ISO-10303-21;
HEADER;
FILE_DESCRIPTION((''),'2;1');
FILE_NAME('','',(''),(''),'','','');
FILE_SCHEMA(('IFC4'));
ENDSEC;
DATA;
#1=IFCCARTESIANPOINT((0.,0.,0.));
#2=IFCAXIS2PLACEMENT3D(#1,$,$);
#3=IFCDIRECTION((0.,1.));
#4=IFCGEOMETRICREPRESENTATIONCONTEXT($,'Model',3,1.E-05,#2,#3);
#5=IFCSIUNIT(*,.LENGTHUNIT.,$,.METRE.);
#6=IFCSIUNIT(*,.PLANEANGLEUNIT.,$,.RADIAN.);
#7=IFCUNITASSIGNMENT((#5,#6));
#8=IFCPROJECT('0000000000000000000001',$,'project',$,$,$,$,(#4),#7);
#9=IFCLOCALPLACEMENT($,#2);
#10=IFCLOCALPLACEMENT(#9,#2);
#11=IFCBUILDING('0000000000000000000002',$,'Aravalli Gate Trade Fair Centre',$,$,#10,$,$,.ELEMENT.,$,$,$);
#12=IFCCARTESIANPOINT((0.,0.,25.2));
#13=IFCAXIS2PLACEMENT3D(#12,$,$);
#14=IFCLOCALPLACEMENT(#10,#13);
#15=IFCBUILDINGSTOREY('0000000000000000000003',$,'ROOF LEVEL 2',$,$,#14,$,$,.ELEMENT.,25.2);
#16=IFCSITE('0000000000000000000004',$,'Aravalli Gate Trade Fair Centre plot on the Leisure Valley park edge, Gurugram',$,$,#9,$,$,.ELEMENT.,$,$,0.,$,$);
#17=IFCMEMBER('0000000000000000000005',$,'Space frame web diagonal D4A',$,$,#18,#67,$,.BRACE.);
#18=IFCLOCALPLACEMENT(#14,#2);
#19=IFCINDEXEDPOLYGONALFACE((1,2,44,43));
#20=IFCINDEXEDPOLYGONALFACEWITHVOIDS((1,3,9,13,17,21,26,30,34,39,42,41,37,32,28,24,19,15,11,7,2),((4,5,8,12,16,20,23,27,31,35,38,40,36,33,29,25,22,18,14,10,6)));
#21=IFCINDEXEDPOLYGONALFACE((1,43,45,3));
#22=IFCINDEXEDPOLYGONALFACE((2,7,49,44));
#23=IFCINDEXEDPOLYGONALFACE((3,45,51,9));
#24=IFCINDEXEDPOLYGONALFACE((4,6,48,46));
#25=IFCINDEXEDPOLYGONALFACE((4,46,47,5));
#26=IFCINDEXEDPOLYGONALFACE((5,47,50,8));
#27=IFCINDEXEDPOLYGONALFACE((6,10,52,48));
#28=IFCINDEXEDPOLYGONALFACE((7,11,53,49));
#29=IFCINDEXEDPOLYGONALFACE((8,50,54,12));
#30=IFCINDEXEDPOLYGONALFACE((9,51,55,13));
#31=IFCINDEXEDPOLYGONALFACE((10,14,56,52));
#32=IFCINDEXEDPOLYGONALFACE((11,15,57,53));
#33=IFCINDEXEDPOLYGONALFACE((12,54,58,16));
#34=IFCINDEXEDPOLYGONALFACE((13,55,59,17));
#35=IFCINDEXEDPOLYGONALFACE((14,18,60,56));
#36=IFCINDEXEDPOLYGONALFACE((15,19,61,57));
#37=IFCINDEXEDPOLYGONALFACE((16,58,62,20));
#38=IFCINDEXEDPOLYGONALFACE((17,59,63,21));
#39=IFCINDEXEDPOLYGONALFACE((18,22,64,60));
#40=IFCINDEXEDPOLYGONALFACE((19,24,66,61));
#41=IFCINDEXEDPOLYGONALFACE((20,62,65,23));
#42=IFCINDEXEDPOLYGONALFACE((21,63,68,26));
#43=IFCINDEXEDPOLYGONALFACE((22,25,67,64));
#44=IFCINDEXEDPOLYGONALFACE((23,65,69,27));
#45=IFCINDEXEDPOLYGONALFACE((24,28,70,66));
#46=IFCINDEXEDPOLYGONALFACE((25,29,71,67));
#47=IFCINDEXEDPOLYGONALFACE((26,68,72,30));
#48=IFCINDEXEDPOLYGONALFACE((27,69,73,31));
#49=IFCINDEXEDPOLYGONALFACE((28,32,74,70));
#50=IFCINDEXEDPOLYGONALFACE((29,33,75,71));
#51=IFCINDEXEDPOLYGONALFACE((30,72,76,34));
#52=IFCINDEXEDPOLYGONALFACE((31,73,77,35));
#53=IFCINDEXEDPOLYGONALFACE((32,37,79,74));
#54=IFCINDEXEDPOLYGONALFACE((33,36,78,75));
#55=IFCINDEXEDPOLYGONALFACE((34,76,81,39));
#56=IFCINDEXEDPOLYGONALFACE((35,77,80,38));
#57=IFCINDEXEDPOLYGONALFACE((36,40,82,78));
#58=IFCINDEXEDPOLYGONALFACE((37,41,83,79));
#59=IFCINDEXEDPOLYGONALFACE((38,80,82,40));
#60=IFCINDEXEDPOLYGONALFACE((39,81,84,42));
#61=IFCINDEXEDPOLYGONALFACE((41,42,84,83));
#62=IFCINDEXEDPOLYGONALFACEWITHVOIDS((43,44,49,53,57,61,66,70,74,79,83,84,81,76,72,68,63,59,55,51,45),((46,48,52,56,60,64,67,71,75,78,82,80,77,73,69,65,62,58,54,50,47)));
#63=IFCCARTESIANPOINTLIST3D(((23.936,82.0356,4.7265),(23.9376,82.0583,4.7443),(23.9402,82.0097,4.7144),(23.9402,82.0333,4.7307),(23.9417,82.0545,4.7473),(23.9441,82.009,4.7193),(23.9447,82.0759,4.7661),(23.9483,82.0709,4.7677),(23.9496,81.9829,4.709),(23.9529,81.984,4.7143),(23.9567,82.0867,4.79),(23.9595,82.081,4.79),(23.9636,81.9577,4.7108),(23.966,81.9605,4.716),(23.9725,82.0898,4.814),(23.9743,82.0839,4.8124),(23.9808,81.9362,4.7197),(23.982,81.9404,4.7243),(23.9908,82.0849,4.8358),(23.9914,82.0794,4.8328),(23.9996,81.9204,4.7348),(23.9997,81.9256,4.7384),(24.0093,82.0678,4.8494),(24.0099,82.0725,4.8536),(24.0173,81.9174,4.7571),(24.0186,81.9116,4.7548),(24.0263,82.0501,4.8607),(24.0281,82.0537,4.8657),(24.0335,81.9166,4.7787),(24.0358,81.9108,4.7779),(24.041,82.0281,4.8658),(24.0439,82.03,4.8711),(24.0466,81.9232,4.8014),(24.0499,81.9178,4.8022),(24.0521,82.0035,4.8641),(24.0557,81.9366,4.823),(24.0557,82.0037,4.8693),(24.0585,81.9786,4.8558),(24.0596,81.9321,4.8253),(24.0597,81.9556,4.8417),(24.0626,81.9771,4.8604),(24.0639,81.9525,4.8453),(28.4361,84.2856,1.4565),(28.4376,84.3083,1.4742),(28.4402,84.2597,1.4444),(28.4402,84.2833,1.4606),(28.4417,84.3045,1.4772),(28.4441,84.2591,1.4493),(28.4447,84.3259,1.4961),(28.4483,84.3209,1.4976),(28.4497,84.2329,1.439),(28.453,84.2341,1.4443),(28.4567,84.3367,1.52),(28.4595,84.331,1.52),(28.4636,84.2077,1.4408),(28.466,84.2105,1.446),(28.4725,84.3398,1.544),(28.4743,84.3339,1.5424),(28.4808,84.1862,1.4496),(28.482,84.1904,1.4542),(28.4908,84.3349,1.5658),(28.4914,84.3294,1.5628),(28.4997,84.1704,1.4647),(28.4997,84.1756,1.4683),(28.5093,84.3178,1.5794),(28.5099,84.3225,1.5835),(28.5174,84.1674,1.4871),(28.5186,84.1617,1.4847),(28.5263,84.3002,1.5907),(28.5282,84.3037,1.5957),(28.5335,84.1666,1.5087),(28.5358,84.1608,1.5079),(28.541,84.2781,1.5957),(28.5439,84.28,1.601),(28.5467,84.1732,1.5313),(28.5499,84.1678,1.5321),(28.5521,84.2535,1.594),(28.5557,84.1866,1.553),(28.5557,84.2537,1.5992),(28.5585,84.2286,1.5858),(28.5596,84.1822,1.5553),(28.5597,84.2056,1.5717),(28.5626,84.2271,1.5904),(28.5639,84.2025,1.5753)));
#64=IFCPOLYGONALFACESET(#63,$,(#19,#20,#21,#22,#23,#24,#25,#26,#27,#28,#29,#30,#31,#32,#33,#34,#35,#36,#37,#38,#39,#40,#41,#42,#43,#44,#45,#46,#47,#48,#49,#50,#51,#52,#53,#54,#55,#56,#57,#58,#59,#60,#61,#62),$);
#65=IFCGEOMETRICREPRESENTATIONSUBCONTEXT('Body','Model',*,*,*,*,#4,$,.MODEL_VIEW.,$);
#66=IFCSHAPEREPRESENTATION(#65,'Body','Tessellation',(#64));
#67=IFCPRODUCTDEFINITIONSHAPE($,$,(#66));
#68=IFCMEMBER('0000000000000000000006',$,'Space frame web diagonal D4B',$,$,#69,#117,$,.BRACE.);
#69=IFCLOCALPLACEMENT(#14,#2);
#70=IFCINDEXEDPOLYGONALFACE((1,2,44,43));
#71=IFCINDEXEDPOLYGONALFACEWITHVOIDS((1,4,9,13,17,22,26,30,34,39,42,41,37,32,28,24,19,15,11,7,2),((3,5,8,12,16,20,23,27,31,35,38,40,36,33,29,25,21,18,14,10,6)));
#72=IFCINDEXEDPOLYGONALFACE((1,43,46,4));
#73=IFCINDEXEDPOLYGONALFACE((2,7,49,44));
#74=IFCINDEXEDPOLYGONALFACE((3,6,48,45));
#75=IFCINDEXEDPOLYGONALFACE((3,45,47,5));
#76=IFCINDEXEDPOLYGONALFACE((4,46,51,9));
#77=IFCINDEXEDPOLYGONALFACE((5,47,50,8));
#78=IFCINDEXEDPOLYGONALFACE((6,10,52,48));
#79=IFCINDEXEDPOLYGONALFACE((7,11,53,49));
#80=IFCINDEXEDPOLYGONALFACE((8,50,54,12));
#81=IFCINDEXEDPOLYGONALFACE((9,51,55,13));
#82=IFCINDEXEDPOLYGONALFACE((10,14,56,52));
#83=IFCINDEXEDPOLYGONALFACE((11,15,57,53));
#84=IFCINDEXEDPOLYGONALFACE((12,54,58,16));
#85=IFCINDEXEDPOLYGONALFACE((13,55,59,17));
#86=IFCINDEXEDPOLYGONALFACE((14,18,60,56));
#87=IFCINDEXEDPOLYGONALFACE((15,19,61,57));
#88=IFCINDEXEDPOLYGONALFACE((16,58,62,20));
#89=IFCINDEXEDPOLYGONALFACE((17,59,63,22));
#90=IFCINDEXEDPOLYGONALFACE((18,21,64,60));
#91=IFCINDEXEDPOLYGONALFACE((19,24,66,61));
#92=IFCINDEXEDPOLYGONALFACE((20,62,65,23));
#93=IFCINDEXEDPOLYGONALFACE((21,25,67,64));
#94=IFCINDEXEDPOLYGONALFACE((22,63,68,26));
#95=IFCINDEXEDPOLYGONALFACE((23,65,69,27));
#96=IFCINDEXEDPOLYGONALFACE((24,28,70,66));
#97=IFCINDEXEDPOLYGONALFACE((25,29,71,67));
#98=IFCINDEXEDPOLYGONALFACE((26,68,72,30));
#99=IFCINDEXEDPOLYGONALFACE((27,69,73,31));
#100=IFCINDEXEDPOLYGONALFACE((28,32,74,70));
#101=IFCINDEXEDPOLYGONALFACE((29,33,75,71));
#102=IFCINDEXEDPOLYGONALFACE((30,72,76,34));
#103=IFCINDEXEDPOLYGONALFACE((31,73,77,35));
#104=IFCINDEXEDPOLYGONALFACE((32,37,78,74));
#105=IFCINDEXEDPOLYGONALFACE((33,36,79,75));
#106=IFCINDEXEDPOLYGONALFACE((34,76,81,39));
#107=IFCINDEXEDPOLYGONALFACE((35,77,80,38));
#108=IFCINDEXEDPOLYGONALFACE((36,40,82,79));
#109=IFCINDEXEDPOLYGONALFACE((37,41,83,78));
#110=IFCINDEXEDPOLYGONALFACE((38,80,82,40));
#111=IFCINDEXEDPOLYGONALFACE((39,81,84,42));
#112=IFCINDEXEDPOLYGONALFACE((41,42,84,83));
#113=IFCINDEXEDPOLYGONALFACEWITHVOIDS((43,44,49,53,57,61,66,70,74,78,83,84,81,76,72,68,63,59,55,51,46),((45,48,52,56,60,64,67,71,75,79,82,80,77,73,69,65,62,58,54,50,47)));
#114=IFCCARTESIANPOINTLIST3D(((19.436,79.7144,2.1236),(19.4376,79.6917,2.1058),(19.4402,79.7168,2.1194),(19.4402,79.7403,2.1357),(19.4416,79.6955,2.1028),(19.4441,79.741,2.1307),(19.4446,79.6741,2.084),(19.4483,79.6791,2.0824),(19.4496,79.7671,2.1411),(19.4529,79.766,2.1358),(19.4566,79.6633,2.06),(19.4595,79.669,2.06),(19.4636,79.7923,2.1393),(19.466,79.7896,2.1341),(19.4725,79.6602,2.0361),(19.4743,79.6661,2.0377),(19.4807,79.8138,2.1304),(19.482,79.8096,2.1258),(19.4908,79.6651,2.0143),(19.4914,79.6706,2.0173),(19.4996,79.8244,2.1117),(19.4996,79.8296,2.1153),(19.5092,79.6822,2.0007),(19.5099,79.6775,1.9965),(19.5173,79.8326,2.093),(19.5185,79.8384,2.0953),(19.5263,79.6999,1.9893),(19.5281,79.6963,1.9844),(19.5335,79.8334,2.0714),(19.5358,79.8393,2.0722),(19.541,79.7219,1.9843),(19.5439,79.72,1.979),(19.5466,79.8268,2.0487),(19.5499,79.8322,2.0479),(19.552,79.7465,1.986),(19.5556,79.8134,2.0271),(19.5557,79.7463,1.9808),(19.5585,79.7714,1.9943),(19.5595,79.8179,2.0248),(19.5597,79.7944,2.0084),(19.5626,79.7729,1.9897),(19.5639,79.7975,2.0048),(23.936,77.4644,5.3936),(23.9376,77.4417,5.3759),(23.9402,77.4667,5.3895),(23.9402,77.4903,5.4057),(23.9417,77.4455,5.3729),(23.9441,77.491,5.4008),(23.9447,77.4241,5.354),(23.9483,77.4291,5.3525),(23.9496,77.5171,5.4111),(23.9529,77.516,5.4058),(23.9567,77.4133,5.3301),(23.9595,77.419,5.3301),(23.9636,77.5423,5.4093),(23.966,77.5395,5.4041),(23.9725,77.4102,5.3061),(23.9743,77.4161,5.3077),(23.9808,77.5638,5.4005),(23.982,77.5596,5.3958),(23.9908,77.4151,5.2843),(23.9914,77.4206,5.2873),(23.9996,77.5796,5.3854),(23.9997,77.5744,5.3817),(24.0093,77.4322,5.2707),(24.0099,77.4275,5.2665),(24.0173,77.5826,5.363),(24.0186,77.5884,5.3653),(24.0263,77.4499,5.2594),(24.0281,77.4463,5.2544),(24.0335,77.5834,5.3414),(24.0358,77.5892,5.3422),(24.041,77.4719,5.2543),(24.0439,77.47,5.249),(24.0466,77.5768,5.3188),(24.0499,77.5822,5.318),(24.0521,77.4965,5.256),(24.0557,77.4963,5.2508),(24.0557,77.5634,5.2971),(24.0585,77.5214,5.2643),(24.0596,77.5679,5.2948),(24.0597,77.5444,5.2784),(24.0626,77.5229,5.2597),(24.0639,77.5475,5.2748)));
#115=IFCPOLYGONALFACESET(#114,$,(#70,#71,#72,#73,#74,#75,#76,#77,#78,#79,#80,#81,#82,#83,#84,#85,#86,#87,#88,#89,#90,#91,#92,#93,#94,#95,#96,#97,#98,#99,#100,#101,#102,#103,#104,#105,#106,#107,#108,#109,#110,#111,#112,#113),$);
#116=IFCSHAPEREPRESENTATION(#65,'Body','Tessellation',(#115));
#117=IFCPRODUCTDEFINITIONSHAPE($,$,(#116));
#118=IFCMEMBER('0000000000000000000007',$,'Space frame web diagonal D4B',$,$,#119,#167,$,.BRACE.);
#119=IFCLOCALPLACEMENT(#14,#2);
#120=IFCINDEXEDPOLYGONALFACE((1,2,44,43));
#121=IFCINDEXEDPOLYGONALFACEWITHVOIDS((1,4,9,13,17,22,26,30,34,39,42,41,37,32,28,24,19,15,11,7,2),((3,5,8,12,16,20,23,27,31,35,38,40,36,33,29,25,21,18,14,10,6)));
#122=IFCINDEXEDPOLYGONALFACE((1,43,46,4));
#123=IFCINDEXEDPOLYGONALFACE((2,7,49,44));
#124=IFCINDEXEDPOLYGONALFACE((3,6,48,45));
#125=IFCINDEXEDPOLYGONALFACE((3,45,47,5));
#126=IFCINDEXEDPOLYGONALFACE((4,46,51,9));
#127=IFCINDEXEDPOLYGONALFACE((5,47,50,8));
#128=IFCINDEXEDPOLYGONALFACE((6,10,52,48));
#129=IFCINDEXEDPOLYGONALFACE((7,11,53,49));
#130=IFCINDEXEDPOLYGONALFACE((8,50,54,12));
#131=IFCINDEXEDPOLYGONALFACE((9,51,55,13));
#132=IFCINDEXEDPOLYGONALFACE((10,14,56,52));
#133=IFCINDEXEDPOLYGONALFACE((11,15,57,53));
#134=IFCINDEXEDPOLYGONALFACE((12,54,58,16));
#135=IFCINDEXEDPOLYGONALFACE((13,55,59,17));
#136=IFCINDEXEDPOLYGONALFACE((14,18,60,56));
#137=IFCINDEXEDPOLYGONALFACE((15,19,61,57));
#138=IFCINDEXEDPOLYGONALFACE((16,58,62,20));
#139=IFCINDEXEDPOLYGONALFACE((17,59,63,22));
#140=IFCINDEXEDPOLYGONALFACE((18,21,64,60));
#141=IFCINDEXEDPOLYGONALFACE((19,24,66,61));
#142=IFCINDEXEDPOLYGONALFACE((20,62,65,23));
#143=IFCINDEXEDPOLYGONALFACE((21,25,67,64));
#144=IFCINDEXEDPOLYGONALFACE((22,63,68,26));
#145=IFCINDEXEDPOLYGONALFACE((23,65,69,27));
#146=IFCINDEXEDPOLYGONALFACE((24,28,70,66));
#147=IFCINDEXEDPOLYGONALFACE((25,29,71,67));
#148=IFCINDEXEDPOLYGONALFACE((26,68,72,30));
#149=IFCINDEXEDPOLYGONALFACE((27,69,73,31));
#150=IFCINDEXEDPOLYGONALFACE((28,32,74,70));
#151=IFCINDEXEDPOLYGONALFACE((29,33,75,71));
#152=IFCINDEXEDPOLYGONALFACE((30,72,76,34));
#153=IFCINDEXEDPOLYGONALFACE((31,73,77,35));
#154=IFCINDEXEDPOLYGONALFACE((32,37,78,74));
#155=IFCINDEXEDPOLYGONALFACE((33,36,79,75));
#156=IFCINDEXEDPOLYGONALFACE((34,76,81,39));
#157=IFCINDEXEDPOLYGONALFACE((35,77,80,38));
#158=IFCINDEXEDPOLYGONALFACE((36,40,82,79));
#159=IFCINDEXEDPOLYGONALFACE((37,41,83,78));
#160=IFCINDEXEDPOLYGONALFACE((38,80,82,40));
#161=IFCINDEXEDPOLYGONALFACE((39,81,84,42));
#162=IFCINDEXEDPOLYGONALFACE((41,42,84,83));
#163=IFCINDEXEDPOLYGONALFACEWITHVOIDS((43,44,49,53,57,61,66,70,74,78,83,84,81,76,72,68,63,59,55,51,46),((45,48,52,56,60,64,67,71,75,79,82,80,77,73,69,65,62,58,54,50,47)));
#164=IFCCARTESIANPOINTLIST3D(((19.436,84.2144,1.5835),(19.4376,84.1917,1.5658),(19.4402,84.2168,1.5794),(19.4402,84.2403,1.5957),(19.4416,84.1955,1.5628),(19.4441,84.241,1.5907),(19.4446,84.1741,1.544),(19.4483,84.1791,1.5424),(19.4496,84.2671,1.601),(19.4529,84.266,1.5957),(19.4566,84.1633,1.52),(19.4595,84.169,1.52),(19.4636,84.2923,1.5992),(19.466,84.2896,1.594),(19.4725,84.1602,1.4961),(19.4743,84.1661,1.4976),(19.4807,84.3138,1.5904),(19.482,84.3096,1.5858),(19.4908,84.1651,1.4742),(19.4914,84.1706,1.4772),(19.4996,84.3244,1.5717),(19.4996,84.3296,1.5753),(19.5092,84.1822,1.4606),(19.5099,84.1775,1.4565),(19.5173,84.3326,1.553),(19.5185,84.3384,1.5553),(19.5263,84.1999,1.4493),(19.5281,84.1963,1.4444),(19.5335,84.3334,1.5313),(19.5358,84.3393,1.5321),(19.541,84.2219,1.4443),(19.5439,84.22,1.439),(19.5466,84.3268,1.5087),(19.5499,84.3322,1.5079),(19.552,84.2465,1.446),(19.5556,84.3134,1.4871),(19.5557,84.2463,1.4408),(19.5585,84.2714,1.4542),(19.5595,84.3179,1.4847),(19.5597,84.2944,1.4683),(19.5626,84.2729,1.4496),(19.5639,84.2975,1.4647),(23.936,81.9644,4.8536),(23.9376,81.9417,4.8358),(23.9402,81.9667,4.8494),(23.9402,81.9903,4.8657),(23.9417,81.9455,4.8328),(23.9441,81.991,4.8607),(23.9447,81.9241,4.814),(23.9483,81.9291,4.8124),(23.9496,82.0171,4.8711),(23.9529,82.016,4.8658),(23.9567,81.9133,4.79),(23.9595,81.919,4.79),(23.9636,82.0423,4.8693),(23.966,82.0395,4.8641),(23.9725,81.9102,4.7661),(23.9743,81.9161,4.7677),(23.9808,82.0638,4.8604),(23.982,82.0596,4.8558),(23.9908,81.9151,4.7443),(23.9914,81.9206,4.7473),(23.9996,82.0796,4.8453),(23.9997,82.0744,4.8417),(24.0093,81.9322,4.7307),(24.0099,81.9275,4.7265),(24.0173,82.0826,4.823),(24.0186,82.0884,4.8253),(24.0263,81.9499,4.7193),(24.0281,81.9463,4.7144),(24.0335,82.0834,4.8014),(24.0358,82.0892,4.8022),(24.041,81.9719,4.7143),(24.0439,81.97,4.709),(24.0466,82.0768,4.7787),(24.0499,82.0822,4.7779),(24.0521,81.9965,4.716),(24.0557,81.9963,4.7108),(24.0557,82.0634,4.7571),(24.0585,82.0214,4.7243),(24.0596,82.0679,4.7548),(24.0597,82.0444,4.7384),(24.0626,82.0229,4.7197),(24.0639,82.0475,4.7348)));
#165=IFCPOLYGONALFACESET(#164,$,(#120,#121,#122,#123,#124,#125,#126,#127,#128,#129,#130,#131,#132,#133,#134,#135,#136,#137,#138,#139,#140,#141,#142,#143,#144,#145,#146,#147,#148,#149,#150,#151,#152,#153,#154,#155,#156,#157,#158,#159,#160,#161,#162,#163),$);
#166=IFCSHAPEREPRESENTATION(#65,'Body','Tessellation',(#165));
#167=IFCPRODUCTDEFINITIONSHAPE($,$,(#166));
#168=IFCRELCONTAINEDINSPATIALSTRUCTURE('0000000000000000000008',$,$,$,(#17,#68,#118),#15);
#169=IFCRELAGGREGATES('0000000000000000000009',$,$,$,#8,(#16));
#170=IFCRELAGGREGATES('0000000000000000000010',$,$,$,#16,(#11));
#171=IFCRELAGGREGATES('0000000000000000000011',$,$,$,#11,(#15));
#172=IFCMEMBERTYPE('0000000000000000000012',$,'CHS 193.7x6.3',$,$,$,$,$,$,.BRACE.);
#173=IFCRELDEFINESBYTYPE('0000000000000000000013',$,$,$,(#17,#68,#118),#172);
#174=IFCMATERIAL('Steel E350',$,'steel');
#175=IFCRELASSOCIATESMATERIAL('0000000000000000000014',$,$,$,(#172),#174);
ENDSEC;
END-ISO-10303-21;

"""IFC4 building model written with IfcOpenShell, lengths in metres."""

from ifc_helpers import new_model, si_unit, direction, frame, origin, origin_2d, place, context, subcontext, project, spatial, hollow_circle, extrude, material, material_profile, profile_set, type_object, element, save


model = new_model("IFC4")

# Units and contexts
model_context = context("Model", 3, precision=1e-05, world=origin(), true_north=direction((0.0, 1.0)))
body_context = subcontext(model_context, "Body", "Model", "MODEL_VIEW")
ifc_project = project(units=[si_unit("LENGTHUNIT", "METRE"), si_unit("PLANEANGLEUNIT", "RADIAN")], contexts=[model_context])

# Site, building, storey
site_placement = place(None, origin())
site = spatial("IfcSite", under=ifc_project, at=site_placement, Name="Aravalli Gate Trade Fair Centre plot on the Leisure Valley park edge, Gurugram", CompositionType="ELEMENT", RefElevation=0.0)
building_placement = place(site_placement, origin())
building = spatial("IfcBuilding", under=site, at=building_placement, Name="Aravalli Gate Trade Fair Centre", CompositionType="ELEMENT")
storey_placement = place(building_placement, frame((0.0, 0.0, 25.2)))
storey = spatial("IfcBuildingStorey", under=building, at=storey_placement, Name="ROOF LEVEL 2", CompositionType="ELEMENT", Elevation=25.2)

# Members
ifc_material_1 = material(Name="Steel E350", Category="steel")
ifc_material_profile_1 = material_profile(ifc_material_1, hollow_circle(Radius=0.0969, WallThickness=0.0063, at=origin_2d()), Name="CHS 193.7x6.3")
ifc_profile_set_1 = profile_set([ifc_material_profile_1], Name="Steel E350")
member_type_1 = type_object("IfcMemberType", Name="CHS 193.7x6.3", PredefinedType="BRACE", material=ifc_profile_set_1)
for number, where, z_axis, x_axis, name in (
    (1, (24.0, 82.0, 4.79), (0.749942, 0.374971, -0.544961), (-0.447214, 0.894427, 0.0), "Space frame web diagonal D4A"),
    (2, (24.0, 77.5, 5.3301), (-0.749942, 0.374971, -0.544961), (-0.447214, -0.894427, 0.0), "Space frame web diagonal D4B"),
    (3, (24.0, 82.0, 4.79), (-0.749942, 0.374971, -0.544961), (-0.447214, -0.894427, 0.0), "Space frame web diagonal D4B"),
):
    element("IfcMember", number, at=place(storey_placement, frame(where, z_axis=z_axis, x_axis=x_axis)), inside=storey, type_object=member_type_1, Name=name, PredefinedType="BRACE", context=body_context, shape_type="SweptSolid", body=[
        extrude(hollow_circle(Radius=0.0969, WallThickness=0.0063, at=origin_2d()), origin(), (0.0, 0.0, 1.0), 6.0005),
    ])

save(model, "model.ifc")
